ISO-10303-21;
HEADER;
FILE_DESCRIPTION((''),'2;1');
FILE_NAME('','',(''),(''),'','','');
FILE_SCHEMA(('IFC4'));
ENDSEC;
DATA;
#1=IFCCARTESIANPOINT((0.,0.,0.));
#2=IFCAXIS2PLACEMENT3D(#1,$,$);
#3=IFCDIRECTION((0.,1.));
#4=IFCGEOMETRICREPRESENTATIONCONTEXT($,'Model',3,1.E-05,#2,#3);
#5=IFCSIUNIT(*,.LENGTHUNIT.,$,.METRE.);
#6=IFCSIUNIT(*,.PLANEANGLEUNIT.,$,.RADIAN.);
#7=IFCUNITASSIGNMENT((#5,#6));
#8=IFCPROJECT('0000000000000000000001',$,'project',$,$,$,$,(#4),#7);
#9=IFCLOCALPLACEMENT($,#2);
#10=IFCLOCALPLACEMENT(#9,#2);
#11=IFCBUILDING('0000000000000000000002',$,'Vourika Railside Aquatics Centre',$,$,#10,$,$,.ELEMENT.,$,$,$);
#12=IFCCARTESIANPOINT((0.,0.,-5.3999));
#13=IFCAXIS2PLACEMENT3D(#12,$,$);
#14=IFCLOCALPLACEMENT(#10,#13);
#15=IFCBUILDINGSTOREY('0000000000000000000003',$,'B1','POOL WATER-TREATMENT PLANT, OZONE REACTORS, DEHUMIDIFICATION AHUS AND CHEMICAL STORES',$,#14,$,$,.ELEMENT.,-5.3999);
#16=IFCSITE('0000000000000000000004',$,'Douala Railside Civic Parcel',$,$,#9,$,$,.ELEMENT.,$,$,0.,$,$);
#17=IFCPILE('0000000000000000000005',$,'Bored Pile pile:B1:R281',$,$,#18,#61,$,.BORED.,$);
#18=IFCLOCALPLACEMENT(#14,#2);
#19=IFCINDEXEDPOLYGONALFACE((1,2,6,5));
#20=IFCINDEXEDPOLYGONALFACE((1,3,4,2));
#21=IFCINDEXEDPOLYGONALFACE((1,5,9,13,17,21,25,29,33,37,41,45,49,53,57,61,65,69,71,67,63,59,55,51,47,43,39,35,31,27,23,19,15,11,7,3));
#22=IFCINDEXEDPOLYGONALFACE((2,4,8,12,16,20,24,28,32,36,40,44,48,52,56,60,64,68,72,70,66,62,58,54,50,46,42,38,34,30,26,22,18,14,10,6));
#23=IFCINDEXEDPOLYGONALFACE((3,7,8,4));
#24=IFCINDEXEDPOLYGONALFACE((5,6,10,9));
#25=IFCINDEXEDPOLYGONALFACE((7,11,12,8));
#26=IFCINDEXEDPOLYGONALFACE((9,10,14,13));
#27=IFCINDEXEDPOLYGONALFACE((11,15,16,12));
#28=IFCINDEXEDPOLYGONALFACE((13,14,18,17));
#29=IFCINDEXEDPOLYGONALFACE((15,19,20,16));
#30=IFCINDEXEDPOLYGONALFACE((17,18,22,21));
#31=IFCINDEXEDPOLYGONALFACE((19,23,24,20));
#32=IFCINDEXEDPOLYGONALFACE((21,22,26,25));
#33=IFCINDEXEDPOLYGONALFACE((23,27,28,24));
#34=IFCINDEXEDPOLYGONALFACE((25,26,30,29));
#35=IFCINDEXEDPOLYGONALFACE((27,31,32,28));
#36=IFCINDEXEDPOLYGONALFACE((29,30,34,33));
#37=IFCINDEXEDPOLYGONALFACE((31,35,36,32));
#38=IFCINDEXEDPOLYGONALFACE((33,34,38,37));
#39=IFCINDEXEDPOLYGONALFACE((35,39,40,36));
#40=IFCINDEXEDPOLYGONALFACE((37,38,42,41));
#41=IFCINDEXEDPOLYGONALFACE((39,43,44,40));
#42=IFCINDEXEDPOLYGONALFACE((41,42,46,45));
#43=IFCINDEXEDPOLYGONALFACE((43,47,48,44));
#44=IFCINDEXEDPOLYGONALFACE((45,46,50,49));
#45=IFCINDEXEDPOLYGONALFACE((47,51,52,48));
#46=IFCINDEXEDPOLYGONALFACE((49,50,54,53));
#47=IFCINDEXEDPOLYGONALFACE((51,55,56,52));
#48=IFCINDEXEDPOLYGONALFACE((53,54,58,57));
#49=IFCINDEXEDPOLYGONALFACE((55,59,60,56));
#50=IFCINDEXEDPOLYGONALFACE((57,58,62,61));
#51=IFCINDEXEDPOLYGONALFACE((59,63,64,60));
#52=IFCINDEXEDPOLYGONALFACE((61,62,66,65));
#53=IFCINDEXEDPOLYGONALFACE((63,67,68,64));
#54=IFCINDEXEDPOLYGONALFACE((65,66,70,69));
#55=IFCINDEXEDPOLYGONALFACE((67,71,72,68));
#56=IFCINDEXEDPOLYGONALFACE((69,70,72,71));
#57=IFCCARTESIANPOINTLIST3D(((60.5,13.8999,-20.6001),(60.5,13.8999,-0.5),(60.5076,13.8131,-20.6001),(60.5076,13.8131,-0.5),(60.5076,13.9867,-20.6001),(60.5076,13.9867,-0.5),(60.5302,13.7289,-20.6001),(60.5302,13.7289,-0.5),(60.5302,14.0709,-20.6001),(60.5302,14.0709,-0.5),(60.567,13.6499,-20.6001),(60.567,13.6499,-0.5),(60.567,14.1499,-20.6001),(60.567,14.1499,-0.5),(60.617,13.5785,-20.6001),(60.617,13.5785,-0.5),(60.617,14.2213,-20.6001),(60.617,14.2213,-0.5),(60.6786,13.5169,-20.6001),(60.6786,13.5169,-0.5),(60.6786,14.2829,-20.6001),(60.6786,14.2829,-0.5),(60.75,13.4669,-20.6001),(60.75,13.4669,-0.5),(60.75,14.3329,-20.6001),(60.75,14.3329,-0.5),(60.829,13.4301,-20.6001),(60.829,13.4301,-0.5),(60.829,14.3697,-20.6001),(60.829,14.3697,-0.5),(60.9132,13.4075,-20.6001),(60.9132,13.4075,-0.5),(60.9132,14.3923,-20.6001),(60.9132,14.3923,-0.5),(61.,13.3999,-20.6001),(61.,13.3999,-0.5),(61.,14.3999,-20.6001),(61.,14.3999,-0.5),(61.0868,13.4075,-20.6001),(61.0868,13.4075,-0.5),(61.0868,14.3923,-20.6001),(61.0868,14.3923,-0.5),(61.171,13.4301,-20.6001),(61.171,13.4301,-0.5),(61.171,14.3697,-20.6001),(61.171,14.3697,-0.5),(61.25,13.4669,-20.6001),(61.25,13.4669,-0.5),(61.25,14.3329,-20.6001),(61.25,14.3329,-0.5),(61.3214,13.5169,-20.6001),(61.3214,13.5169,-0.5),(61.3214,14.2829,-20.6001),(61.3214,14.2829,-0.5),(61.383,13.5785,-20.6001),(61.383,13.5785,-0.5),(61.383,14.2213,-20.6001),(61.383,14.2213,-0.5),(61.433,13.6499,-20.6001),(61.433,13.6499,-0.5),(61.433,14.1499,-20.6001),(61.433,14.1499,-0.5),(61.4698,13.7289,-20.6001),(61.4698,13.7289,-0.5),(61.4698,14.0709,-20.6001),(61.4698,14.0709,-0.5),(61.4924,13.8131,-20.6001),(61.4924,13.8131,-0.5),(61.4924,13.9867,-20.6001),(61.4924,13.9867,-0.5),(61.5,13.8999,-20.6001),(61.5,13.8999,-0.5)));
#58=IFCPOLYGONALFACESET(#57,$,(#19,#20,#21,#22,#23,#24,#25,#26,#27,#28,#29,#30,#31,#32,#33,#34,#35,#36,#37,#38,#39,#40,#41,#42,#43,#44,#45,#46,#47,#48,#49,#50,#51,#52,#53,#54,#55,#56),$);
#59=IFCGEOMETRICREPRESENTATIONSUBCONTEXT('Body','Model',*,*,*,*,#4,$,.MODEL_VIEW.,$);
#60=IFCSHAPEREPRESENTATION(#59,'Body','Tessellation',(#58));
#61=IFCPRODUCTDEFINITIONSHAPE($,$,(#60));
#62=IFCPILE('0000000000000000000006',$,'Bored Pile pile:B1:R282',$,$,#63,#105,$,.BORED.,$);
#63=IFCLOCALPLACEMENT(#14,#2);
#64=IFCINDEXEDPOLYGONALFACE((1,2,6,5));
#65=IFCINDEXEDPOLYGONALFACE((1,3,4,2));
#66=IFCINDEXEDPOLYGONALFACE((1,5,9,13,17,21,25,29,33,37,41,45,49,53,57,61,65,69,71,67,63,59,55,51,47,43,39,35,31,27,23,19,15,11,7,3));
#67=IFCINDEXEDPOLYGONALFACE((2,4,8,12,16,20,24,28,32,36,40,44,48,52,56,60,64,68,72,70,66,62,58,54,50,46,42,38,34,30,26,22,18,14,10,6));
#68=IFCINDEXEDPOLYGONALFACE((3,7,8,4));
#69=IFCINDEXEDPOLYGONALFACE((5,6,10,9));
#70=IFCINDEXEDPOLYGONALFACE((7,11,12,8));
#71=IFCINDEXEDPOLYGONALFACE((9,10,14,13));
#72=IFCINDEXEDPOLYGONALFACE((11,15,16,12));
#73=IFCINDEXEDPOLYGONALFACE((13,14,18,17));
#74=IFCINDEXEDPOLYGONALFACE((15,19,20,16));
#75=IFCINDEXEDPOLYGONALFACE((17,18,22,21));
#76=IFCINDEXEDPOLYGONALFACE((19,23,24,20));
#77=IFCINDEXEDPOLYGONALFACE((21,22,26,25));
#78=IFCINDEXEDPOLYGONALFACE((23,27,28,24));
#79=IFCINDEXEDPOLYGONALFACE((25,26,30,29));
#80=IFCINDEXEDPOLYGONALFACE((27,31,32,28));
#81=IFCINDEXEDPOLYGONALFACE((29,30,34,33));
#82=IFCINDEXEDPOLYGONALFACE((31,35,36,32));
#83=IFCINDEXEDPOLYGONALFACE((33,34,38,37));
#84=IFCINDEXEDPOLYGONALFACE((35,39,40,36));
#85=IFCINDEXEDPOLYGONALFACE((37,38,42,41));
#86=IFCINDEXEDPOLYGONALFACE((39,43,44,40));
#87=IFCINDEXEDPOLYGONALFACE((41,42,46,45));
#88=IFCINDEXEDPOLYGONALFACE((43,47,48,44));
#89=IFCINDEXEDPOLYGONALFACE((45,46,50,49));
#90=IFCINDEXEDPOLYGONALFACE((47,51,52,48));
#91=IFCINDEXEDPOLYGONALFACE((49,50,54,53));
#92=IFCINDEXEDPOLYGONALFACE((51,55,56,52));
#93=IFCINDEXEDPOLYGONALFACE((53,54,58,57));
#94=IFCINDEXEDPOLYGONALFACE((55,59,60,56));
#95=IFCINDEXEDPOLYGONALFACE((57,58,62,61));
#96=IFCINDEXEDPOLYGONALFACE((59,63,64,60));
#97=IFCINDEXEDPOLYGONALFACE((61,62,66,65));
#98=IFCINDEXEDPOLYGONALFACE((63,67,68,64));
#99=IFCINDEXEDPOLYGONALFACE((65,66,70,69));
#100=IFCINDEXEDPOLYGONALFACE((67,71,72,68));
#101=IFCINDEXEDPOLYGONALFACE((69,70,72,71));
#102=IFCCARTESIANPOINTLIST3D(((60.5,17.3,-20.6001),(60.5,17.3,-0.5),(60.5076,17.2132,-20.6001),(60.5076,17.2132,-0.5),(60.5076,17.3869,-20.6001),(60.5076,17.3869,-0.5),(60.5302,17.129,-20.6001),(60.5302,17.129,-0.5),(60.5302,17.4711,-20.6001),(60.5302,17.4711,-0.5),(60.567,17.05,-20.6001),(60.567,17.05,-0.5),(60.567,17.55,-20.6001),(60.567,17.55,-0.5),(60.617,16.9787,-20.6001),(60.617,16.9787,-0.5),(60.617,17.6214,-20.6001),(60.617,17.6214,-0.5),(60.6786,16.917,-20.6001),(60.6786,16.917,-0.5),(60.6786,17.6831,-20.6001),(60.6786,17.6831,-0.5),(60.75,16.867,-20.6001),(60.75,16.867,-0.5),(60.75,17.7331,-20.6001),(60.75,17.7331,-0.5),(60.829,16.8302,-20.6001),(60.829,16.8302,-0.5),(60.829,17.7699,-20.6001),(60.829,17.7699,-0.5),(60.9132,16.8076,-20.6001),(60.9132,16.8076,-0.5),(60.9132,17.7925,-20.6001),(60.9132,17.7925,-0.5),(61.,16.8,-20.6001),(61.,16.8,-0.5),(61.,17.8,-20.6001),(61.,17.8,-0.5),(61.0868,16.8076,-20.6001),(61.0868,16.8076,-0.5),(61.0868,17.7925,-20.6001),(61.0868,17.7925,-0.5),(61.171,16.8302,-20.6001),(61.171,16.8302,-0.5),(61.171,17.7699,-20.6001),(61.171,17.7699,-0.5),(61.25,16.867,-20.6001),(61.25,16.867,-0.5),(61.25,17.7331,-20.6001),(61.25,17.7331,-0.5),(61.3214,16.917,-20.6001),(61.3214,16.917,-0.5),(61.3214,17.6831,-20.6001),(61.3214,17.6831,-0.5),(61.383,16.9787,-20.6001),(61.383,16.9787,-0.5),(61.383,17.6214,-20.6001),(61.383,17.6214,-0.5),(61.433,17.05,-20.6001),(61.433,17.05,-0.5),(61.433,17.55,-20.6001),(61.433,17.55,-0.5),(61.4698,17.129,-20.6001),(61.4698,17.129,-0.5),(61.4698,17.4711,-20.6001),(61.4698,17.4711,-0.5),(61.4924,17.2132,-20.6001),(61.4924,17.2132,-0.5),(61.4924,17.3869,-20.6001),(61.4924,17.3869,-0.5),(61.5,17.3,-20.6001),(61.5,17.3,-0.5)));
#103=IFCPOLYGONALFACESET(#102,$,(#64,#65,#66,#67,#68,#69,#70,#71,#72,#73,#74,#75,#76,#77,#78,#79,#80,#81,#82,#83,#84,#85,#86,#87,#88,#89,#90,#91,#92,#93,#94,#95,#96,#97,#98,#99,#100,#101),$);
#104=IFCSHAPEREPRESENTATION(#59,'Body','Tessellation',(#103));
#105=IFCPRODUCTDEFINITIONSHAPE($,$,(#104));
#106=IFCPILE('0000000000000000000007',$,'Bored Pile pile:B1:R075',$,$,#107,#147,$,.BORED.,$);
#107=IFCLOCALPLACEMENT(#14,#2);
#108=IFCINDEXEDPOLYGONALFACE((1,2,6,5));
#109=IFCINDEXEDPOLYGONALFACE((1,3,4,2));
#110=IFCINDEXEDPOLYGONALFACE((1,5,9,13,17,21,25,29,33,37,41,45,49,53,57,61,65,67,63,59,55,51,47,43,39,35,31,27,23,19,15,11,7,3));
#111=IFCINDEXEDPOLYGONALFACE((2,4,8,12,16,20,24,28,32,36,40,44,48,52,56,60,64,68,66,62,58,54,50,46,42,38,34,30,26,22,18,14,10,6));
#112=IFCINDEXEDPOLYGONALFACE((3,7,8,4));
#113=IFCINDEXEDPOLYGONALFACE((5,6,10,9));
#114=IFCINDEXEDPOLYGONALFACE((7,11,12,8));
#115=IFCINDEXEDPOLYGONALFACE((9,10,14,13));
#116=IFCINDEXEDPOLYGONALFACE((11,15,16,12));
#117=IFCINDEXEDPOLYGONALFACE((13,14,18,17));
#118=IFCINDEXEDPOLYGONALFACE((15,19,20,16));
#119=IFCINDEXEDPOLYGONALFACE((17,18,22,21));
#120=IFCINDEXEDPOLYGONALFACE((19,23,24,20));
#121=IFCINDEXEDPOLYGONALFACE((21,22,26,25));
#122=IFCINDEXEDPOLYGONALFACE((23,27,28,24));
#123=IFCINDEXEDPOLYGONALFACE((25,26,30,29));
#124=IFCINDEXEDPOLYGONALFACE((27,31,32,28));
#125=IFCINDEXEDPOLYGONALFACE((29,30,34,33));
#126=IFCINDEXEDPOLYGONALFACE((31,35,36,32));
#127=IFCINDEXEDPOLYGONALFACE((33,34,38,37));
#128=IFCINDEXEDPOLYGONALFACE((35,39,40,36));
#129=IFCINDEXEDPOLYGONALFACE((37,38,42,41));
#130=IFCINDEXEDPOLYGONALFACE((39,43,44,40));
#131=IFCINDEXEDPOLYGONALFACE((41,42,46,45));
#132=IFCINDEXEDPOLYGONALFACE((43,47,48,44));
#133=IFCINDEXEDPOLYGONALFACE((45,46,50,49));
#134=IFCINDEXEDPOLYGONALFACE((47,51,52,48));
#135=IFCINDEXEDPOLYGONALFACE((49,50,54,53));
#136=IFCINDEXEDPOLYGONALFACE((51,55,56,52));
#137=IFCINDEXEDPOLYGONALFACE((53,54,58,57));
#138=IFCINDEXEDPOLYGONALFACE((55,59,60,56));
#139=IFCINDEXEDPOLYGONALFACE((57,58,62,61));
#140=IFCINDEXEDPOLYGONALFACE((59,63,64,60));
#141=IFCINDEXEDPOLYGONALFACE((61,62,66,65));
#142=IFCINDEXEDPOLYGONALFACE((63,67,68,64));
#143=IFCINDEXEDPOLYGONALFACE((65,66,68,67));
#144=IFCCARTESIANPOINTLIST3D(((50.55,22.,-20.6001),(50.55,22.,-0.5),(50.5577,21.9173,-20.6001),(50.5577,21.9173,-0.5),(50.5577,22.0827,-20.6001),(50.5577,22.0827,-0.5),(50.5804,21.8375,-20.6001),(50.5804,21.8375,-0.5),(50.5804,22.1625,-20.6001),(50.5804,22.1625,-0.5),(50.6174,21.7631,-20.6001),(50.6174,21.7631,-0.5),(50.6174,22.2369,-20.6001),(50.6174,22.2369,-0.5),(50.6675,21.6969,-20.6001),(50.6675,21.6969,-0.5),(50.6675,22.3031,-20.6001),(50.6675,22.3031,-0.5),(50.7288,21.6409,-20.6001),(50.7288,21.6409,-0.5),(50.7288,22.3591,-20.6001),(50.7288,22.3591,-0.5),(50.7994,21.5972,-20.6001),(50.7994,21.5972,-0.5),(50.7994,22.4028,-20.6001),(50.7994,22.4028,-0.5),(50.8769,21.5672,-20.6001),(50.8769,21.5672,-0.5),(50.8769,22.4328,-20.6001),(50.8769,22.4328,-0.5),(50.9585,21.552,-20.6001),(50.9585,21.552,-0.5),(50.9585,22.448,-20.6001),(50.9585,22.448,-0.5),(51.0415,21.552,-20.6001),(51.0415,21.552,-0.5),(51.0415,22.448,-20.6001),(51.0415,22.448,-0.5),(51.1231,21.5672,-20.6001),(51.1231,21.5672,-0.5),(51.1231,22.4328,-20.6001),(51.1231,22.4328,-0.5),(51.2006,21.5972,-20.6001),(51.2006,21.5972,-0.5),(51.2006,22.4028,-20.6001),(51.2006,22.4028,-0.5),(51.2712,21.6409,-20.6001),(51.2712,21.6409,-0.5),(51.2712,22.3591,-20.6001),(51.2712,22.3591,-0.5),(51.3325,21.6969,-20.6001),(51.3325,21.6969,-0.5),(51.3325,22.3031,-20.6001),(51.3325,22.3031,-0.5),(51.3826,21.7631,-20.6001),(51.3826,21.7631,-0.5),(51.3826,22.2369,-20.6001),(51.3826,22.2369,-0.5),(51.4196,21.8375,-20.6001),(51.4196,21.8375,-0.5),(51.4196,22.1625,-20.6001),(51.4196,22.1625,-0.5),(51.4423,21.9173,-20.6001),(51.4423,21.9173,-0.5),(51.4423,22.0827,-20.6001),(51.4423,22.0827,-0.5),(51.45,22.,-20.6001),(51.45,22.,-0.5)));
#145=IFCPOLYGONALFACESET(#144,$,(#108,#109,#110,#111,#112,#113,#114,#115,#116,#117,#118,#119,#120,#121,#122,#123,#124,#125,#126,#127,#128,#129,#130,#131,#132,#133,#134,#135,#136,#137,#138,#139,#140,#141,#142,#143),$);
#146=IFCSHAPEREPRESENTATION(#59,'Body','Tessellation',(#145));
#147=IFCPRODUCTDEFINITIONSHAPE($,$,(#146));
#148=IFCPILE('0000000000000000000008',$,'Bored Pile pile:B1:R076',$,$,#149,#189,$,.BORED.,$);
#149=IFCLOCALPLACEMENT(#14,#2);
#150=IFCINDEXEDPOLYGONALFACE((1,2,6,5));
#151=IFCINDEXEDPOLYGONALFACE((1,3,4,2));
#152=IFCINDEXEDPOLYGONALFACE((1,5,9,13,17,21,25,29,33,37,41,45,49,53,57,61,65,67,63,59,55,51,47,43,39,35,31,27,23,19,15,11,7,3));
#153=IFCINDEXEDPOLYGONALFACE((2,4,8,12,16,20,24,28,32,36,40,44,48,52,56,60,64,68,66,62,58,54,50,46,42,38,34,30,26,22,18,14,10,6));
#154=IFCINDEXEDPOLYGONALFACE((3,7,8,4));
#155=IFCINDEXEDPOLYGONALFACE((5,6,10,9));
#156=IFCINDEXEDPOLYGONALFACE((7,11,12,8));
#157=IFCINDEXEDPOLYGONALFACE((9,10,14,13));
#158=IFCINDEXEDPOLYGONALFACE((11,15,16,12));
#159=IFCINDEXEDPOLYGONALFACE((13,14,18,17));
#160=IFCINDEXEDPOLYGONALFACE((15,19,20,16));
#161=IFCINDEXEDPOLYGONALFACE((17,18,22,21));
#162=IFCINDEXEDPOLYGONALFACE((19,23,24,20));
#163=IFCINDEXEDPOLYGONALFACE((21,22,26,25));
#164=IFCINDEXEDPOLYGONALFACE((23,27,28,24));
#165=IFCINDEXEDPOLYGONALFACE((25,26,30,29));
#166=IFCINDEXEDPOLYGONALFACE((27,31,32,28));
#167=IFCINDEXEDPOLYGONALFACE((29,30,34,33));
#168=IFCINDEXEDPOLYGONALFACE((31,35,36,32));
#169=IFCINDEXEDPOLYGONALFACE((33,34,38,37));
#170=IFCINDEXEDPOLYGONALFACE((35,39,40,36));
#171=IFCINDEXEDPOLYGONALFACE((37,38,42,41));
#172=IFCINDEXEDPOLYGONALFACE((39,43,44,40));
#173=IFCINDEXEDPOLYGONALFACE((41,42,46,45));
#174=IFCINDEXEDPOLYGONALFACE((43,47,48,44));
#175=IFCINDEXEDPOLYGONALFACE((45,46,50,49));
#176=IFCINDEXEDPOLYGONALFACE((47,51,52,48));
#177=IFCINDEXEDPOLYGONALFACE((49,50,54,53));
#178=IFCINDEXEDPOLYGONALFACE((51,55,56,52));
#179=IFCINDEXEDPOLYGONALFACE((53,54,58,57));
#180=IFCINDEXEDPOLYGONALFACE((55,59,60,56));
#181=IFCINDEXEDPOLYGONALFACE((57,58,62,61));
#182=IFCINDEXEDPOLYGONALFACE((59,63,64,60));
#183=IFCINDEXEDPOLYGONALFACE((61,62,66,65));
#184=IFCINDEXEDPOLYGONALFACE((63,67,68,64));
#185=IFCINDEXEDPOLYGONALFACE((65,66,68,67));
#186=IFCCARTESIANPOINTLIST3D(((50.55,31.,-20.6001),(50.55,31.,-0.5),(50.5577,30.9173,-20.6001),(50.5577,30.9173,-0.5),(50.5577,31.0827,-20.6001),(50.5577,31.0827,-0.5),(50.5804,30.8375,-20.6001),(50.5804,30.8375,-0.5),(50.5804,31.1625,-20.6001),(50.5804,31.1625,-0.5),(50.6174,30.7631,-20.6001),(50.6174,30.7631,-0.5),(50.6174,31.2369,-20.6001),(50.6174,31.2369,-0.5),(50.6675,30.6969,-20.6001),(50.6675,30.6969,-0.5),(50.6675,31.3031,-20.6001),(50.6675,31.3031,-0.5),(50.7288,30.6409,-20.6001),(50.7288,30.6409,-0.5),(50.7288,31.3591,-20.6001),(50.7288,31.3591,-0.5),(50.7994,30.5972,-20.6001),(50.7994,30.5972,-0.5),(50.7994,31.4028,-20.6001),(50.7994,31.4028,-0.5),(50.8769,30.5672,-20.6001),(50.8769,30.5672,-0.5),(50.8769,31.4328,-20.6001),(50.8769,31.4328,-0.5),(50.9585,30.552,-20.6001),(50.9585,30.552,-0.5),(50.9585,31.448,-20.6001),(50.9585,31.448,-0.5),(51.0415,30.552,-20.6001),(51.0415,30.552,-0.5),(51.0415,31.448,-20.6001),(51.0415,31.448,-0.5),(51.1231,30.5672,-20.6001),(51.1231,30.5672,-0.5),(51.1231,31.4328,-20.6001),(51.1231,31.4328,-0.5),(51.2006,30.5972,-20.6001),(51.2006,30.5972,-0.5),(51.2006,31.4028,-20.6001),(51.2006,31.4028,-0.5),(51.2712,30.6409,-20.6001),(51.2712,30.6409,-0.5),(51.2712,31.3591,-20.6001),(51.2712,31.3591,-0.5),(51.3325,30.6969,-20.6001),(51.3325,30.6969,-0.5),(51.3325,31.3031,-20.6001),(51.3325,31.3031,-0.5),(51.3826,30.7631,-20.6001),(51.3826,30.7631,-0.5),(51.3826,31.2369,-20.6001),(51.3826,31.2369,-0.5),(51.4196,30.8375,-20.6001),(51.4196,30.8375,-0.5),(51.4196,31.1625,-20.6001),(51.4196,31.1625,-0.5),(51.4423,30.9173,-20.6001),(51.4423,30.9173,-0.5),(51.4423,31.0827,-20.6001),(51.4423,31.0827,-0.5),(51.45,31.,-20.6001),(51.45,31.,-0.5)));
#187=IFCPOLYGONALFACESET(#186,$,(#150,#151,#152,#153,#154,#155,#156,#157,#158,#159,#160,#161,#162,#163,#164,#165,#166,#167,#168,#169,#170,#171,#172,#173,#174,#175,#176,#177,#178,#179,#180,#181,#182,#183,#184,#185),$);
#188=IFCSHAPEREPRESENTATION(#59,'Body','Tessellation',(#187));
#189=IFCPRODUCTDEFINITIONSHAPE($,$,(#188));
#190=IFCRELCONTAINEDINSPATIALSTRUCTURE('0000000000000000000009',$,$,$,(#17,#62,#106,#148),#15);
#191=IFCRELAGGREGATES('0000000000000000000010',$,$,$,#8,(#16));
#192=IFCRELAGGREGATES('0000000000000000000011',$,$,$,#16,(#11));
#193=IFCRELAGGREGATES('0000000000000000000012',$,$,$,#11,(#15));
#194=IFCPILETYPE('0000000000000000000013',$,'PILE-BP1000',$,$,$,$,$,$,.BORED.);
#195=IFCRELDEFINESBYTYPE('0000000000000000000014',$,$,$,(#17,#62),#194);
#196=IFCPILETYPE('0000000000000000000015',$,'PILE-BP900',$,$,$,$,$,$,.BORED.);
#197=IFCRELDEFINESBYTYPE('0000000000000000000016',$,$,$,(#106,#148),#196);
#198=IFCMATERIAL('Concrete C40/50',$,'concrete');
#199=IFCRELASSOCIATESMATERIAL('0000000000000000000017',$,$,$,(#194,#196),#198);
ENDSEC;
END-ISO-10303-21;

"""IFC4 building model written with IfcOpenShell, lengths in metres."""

from ifc_helpers import new_model, si_unit, direction, frame, origin, origin_2d, place, context, subcontext, project, spatial, circle, extrude, material, material_profile, profile_set, type_object, element, save


model = new_model("IFC4")

# Units and contexts
model_context = context("Model", 3, precision=1e-05, world=origin(), true_north=direction((0.0, 1.0)))
body_context = subcontext(model_context, "Body", "Model", "MODEL_VIEW")
ifc_project = project(units=[si_unit("LENGTHUNIT", "METRE"), si_unit("PLANEANGLEUNIT", "RADIAN")], contexts=[model_context])

# Site, building, storey
site_placement = place(None, origin())
site = spatial("IfcSite", under=ifc_project, at=site_placement, Name="Douala Railside Civic Parcel", CompositionType="ELEMENT", RefElevation=0.0)
building_placement = place(site_placement, origin())
building = spatial("IfcBuilding", under=site, at=building_placement, Name="Vourika Railside Aquatics Centre", CompositionType="ELEMENT")
storey_placement = place(building_placement, frame((0.0, 0.0, -5.3999)))
storey = spatial("IfcBuildingStorey", under=building, at=storey_placement, Name="B1", Description="POOL WATER-TREATMENT PLANT, OZONE REACTORS, DEHUMIDIFICATION AHUS AND CHEMICAL STORES", CompositionType="ELEMENT", Elevation=-5.3999)

# Piles
ifc_material_1 = material(Name="Concrete C40/50", Category="concrete")
ifc_material_profile_1 = material_profile(ifc_material_1, circle(Radius=0.5, at=origin_2d()), Name="BP 1000")
ifc_profile_set_1 = profile_set([ifc_material_profile_1], Name="Concrete C40/50")
pile_type_1 = type_object("IfcPileType", Name="PILE-BP1000", PredefinedType="BORED", material=ifc_profile_set_1)
for number, where, z_axis, x_axis, name in (
    (1, (61.0, 13.8999, -0.5), (0.0, 0.0, -1.0), (1.0, 0.0, 0.0), "Bored Pile pile:B1:R281"),
    (2, (61.0, 17.3, -0.5), (0.0, 0.0, -1.0), (1.0, 0.0, 0.0), "Bored Pile pile:B1:R282"),
):
    element("IfcPile", number, at=place(storey_placement, frame(where, z_axis=z_axis, x_axis=x_axis)), inside=storey, type_object=pile_type_1, Name=name, PredefinedType="BORED", context=body_context, shape_type="SweptSolid", body=[
        extrude(circle(Radius=0.5, at=origin_2d()), origin(), (0.0, 0.0, 1.0), 20.1001),
    ])
ifc_material_profile_2 = material_profile(ifc_material_1, circle(Radius=0.45, at=origin_2d()), Name="BP 900")
ifc_profile_set_2 = profile_set([ifc_material_profile_2], Name="Concrete C40/50")
pile_type_2 = type_object("IfcPileType", Name="PILE-BP900", PredefinedType="BORED", material=ifc_profile_set_2)
for number, where, z_axis, x_axis, name in (
    (3, (51.0, 22.0, -0.5), (0.0, 0.0, -1.0), (1.0, 0.0, 0.0), "Bored Pile pile:B1:R075"),
    (4, (51.0, 31.0, -0.5), (0.0, 0.0, -1.0), (1.0, 0.0, 0.0), "Bored Pile pile:B1:R076"),
):
    element("IfcPile", number, at=place(storey_placement, frame(where, z_axis=z_axis, x_axis=x_axis)), inside=storey, type_object=pile_type_2, Name=name, PredefinedType="BORED", context=body_context, shape_type="SweptSolid", body=[
        extrude(circle(Radius=0.45, at=origin_2d()), origin(), (0.0, 0.0, 1.0), 20.1001),
    ])

save(model, "model.ifc")
